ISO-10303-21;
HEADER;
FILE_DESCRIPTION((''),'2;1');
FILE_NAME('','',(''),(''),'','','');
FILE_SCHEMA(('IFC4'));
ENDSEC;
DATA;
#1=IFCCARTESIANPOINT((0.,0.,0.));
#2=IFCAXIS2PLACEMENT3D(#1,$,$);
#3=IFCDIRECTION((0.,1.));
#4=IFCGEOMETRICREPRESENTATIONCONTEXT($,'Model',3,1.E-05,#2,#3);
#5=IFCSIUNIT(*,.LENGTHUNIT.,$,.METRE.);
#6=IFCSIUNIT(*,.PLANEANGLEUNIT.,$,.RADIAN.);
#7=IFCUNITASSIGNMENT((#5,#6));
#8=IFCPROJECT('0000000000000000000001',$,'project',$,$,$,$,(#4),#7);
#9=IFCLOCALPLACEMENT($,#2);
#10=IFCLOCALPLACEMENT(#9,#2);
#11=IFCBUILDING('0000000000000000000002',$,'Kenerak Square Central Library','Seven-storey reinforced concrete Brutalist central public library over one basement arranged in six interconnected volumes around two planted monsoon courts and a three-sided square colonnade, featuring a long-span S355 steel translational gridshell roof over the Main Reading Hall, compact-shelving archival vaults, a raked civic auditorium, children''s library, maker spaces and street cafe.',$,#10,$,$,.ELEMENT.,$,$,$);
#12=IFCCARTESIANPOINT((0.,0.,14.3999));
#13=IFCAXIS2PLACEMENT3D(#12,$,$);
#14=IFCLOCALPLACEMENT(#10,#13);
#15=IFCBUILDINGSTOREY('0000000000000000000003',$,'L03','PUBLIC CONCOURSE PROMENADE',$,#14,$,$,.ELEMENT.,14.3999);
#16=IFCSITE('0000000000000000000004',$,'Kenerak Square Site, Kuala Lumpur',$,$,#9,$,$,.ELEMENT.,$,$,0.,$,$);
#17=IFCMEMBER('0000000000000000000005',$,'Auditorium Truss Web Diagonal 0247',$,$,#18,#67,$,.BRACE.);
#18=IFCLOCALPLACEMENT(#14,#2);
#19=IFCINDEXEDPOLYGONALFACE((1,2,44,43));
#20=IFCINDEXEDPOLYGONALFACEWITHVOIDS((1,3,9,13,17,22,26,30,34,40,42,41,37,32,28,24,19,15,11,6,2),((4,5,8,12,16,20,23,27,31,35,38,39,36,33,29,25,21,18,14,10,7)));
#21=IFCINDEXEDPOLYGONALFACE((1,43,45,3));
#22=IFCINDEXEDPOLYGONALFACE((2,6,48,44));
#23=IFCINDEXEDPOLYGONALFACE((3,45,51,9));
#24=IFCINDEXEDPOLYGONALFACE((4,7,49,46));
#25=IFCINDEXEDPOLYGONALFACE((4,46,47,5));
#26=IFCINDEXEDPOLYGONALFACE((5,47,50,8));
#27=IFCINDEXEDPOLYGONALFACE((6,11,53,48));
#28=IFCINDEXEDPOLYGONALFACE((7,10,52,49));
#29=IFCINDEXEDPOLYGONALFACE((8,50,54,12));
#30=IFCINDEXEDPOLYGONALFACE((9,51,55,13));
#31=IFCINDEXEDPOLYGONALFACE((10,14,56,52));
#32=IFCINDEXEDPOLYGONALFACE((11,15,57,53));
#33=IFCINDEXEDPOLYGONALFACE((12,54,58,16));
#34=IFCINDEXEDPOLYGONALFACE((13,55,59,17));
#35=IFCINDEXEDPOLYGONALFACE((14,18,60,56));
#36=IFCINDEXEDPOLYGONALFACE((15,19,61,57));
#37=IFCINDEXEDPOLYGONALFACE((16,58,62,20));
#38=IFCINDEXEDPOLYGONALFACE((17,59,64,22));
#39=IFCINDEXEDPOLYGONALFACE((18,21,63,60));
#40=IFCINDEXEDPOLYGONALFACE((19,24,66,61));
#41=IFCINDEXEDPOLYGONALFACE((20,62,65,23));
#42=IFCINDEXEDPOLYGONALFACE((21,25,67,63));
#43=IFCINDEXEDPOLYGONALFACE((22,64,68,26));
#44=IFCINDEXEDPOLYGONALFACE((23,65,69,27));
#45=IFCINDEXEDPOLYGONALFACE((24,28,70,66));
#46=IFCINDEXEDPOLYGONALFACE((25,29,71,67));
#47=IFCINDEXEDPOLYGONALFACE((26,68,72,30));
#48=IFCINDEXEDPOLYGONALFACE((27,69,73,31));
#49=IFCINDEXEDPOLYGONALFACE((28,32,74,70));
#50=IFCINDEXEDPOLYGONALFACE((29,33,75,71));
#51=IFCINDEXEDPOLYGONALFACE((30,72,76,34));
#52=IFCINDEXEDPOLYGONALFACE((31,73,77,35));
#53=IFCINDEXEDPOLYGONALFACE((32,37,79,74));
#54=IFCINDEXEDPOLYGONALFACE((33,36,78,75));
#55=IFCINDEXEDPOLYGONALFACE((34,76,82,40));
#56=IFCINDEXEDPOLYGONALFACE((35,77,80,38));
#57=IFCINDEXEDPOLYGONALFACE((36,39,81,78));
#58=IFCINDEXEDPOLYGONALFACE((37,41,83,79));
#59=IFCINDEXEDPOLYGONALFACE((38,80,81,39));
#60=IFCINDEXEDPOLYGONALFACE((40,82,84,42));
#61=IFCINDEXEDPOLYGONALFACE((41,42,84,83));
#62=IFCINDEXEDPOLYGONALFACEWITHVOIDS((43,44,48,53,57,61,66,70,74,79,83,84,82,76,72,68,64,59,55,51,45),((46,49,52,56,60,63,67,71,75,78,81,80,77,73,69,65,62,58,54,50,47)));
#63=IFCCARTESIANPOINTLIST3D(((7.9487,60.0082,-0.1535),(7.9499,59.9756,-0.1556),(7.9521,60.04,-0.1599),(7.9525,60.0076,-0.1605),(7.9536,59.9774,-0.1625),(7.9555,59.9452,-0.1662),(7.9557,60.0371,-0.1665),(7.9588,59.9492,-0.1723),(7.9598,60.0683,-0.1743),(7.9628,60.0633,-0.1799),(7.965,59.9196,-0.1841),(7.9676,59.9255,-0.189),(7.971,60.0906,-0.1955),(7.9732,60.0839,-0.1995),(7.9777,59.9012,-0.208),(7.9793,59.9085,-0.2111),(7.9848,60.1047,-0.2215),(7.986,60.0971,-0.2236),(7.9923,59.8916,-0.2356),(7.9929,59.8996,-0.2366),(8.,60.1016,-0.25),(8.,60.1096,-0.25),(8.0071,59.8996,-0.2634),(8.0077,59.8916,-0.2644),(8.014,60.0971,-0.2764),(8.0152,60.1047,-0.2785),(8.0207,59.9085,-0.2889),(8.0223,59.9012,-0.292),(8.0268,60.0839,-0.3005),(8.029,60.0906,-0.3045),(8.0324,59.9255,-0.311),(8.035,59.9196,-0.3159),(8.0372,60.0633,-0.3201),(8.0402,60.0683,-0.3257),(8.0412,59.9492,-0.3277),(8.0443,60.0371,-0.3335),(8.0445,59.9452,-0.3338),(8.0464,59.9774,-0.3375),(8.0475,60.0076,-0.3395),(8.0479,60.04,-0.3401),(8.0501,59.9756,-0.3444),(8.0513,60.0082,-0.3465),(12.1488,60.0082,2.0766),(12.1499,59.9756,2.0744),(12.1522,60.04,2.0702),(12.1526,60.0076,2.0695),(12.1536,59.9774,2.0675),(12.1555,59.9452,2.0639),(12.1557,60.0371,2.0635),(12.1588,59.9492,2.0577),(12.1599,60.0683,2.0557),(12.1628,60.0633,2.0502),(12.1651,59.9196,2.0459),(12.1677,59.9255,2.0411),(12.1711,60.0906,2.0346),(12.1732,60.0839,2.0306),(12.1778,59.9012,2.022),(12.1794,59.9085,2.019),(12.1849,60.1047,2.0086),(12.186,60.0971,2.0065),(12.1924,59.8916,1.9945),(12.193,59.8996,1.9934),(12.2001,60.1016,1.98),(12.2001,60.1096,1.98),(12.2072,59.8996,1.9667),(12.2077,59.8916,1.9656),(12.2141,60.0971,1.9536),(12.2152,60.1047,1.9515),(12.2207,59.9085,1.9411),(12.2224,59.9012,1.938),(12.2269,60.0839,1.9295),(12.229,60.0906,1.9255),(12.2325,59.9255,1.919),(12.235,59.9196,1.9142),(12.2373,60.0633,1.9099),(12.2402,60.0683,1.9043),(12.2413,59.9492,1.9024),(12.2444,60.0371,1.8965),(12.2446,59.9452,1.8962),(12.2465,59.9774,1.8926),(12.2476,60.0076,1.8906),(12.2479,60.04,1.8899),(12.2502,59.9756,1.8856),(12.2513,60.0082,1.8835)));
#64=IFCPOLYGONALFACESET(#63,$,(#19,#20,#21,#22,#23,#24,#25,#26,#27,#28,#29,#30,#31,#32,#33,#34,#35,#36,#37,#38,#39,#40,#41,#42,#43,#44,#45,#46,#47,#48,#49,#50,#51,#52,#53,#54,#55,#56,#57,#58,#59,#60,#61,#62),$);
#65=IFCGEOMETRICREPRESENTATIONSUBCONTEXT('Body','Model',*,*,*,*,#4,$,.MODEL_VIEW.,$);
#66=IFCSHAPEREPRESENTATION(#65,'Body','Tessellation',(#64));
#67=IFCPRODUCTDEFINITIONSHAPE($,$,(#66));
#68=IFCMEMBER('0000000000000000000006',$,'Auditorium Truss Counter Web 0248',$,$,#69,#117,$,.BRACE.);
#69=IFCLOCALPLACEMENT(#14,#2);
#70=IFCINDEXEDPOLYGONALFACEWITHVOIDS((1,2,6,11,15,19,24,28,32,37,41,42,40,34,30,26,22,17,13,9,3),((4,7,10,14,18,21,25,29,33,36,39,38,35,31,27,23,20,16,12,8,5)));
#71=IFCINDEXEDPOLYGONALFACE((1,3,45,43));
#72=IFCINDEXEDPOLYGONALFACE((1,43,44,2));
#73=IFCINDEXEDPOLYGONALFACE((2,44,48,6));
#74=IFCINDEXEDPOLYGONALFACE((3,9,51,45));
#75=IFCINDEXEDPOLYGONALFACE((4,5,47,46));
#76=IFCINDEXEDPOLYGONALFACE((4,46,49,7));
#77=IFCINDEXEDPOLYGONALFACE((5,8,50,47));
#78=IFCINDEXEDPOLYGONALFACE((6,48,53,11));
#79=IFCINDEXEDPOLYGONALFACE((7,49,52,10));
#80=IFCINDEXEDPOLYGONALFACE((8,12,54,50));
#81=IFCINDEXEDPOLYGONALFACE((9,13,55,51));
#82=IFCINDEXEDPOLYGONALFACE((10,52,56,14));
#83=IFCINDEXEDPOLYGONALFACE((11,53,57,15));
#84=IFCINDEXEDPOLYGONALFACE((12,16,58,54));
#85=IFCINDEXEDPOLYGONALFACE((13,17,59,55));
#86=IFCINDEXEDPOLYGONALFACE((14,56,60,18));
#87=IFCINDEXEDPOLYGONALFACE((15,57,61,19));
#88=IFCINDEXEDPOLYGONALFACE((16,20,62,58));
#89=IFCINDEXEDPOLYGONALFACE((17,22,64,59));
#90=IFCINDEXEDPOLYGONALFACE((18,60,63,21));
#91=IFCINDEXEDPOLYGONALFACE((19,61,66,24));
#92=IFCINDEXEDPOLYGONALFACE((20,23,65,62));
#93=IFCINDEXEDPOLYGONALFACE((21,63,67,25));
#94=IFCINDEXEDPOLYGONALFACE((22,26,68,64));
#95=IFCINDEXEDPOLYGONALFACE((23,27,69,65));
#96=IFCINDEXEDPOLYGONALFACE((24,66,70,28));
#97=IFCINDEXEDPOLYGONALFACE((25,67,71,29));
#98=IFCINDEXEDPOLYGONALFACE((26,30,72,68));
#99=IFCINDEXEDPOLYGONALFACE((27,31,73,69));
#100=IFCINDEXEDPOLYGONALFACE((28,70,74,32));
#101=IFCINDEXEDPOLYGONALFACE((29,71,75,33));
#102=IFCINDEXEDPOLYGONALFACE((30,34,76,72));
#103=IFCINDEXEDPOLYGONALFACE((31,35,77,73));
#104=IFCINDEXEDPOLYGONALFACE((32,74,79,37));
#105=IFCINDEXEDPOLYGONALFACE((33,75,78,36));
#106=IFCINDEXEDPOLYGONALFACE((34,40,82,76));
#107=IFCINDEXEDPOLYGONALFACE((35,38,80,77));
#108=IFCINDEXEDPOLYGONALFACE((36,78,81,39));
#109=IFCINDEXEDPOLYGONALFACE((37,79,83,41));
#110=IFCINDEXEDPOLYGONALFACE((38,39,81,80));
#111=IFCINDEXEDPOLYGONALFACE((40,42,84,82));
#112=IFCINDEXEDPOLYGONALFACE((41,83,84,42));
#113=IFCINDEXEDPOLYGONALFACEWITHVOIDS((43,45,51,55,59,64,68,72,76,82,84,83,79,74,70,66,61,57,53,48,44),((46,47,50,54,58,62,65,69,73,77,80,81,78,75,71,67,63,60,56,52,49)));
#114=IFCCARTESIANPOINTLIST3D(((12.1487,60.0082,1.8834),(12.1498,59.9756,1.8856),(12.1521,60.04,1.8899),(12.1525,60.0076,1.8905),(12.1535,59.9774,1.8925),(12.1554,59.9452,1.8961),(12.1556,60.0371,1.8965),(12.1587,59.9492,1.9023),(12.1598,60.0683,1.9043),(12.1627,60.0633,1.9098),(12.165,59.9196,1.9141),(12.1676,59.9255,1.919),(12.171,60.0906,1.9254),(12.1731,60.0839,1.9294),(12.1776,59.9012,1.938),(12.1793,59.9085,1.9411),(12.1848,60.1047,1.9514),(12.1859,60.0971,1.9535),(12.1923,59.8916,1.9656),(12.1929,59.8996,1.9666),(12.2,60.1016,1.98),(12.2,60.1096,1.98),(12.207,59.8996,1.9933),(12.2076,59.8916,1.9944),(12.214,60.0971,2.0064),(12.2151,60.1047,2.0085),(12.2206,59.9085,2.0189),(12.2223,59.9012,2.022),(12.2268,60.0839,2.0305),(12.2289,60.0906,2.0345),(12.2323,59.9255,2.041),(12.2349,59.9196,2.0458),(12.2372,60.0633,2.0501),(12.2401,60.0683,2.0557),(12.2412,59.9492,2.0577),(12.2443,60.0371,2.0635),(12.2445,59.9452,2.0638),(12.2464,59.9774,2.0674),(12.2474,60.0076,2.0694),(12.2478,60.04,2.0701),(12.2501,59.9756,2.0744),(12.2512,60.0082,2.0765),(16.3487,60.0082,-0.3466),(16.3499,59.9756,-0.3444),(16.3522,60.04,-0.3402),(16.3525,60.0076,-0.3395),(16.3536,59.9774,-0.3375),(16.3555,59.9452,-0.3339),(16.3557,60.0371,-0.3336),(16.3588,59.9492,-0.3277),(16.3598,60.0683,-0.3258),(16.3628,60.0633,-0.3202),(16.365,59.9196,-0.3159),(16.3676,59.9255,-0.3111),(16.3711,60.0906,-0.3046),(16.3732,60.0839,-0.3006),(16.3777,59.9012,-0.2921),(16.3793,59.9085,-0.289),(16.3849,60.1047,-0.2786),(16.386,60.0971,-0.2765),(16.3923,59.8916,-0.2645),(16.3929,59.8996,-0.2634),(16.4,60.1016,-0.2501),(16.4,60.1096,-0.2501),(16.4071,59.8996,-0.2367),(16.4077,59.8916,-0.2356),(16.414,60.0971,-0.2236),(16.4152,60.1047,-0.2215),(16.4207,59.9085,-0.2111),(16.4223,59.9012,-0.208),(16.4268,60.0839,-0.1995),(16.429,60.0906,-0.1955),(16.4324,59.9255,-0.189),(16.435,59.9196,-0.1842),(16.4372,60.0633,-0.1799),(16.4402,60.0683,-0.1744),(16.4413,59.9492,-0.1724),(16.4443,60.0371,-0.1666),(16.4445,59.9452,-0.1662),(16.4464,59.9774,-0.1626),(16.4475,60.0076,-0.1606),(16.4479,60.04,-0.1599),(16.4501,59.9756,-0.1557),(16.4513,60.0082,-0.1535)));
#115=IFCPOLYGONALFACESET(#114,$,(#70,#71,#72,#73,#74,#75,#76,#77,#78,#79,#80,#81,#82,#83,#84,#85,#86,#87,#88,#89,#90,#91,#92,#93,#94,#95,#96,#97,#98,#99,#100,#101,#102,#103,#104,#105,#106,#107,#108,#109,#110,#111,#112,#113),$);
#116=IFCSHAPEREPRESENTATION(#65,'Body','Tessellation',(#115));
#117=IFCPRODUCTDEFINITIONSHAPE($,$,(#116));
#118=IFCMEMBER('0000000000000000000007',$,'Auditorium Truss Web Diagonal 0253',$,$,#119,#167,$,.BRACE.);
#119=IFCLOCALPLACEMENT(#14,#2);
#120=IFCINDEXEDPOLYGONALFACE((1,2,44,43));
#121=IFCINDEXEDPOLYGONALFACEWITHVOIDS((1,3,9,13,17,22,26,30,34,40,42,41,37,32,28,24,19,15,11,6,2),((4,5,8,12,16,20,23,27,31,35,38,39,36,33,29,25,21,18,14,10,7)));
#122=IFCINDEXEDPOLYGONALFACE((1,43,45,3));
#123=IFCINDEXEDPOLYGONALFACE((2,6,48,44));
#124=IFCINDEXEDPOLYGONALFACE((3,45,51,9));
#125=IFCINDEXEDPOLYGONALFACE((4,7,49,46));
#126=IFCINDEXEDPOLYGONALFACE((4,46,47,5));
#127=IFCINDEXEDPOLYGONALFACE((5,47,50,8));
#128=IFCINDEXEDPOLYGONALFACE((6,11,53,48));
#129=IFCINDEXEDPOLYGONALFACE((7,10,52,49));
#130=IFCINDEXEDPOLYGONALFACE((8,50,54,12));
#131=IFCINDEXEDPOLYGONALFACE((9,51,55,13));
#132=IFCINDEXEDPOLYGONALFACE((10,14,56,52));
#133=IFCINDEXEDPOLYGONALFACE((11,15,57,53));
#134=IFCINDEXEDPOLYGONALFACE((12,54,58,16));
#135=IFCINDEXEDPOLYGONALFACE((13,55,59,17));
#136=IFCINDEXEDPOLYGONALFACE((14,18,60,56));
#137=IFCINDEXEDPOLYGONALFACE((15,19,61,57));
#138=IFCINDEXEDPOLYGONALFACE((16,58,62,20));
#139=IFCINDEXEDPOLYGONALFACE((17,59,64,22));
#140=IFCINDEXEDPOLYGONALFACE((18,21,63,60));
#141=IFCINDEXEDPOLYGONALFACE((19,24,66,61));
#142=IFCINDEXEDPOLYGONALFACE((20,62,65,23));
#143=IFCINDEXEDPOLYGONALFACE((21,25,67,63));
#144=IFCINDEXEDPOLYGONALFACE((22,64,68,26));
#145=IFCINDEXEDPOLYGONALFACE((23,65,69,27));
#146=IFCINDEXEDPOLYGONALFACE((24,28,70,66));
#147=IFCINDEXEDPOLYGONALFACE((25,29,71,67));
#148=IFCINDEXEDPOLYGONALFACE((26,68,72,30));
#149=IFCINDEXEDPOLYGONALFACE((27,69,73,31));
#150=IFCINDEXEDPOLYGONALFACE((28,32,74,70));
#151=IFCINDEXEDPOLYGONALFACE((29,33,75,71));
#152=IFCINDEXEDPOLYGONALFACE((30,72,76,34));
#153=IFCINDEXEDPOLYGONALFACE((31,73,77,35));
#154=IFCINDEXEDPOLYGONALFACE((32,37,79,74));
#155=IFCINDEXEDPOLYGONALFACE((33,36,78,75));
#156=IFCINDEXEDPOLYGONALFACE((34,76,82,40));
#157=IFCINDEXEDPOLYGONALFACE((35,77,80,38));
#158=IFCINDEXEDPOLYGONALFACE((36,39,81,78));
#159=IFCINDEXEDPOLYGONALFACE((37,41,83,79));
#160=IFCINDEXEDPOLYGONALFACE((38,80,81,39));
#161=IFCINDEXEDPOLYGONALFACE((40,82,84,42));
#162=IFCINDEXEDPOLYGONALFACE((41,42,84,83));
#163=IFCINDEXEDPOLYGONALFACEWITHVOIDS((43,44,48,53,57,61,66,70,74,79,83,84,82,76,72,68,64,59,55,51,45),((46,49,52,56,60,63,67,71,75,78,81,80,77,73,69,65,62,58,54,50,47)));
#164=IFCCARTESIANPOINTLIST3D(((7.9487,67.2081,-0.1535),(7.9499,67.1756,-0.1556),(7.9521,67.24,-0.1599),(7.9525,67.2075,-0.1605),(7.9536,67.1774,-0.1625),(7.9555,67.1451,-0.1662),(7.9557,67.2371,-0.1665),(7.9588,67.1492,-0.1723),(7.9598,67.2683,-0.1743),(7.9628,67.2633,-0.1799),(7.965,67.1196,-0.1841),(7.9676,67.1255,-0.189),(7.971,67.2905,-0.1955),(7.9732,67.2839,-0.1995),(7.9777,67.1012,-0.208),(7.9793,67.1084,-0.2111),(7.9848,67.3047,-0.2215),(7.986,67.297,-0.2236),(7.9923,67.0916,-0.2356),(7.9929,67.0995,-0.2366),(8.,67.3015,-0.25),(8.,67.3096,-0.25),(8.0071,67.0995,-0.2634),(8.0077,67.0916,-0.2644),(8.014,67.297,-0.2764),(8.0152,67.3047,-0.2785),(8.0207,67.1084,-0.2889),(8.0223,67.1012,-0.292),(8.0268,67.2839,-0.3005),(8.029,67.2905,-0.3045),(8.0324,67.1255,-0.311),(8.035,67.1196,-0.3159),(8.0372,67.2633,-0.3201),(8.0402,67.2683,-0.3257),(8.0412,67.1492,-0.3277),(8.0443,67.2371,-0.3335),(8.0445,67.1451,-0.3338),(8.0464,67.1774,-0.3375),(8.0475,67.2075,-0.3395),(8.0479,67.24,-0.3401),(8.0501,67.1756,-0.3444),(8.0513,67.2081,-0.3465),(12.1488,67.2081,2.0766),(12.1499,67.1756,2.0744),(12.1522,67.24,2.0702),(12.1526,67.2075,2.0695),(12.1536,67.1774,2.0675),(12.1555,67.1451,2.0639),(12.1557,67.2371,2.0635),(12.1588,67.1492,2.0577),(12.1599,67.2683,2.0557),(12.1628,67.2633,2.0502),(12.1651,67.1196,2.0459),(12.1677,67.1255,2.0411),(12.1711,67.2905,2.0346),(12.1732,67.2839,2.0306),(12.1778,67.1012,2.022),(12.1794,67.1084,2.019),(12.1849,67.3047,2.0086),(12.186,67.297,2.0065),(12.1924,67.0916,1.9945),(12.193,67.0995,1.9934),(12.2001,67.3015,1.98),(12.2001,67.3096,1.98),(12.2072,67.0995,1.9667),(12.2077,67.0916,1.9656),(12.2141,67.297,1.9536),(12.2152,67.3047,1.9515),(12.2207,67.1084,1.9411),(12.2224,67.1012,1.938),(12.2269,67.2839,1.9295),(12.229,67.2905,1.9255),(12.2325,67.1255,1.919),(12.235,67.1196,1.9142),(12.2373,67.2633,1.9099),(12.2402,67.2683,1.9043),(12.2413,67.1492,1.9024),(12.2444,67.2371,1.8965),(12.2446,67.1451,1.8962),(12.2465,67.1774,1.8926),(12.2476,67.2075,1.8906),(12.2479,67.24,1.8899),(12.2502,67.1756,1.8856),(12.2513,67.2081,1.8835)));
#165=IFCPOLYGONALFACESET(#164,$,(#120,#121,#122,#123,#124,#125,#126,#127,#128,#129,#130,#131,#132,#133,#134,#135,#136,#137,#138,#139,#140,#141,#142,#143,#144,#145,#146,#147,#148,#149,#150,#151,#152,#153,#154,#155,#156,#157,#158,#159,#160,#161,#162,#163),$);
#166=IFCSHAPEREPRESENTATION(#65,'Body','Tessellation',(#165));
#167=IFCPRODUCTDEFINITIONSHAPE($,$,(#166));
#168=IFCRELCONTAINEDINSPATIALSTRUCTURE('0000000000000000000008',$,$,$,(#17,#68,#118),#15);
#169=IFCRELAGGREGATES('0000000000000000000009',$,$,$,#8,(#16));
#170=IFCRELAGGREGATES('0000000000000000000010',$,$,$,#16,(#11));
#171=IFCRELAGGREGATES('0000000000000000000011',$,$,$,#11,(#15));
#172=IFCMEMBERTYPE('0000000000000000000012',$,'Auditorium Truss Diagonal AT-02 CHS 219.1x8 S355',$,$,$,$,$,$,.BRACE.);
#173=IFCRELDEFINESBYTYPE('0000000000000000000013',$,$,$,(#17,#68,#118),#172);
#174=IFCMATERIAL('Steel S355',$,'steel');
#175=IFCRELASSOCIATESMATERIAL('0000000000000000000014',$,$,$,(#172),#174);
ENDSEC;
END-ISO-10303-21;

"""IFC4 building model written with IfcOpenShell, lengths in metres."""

from ifc_helpers import new_model, si_unit, direction, frame, origin, origin_2d, place, context, subcontext, project, spatial, hollow_circle, extrude, material, material_profile, profile_set, type_object, element, save


model = new_model("IFC4")

# Units and contexts
model_context = context("Model", 3, precision=1e-05, world=origin(), true_north=direction((0.0, 1.0)))
body_context = subcontext(model_context, "Body", "Model", "MODEL_VIEW")
ifc_project = project(units=[si_unit("LENGTHUNIT", "METRE"), si_unit("PLANEANGLEUNIT", "RADIAN")], contexts=[model_context])

# Site, building, storey
site_placement = place(None, origin())
site = spatial("IfcSite", under=ifc_project, at=site_placement, Name="Kenerak Square Site, Kuala Lumpur", CompositionType="ELEMENT", RefElevation=0.0)
building_placement = place(site_placement, origin())
building = spatial("IfcBuilding", under=site, at=building_placement, Name="Kenerak Square Central Library", Description="Seven-storey reinforced concrete Brutalist central public library over one basement arranged in six interconnected volumes around two planted monsoon courts and a three-sided square colonnade, featuring a long-span S355 steel translational gridshell roof over the Main Reading Hall, compact-shelving archival vaults, a raked civic auditorium, children's library, maker spaces and street cafe.", CompositionType="ELEMENT")
storey_placement = place(building_placement, frame((0.0, 0.0, 14.3999)))
storey = spatial("IfcBuildingStorey", under=building, at=storey_placement, Name="L03", Description="PUBLIC CONCOURSE PROMENADE", CompositionType="ELEMENT", Elevation=14.3999)

# Shared definitions
ifc_material_1 = material(Name="Steel S355", Category="steel")

# Members
ifc_material_profile_1 = material_profile(ifc_material_1, hollow_circle(Radius=0.1096, WallThickness=0.0081, at=origin_2d()), Name="CHS 219.1x8.0")
ifc_profile_set_1 = profile_set([ifc_material_profile_1], Name="Steel S355")
member_type = type_object("IfcMemberType", Name="Auditorium Truss Diagonal AT-02 CHS 219.1x8 S355", PredefinedType="BRACE", material=ifc_profile_set_1)
for number, where, z_axis, x_axis, name in (
    (1, (8.0, 60.0, -0.25), (0.883224, 0.0, 0.468951), (0.0, 1.0, 0.0), "Auditorium Truss Web Diagonal 0247"),
    (2, (12.2, 60.0, 1.98), (0.883224, 0.0, -0.468951), (0.0, 1.0, 0.0), "Auditorium Truss Counter Web 0248"),
    (3, (8.0, 67.2, -0.25), (0.883224, 0.0, 0.468951), (0.0, 1.0, 0.0), "Auditorium Truss Web Diagonal 0253"),
):
    element("IfcMember", number, at=place(storey_placement, frame(where, z_axis=z_axis, x_axis=x_axis)), inside=storey, type_object=member_type, Name=name, PredefinedType="BRACE", context=body_context, shape_type="SweptSolid", body=[
        extrude(hollow_circle(Radius=0.1096, WallThickness=0.0081, at=origin_2d()), origin(), (0.0, 0.0, 1.0), 4.7554),
    ])

save(model, "model.ifc")
